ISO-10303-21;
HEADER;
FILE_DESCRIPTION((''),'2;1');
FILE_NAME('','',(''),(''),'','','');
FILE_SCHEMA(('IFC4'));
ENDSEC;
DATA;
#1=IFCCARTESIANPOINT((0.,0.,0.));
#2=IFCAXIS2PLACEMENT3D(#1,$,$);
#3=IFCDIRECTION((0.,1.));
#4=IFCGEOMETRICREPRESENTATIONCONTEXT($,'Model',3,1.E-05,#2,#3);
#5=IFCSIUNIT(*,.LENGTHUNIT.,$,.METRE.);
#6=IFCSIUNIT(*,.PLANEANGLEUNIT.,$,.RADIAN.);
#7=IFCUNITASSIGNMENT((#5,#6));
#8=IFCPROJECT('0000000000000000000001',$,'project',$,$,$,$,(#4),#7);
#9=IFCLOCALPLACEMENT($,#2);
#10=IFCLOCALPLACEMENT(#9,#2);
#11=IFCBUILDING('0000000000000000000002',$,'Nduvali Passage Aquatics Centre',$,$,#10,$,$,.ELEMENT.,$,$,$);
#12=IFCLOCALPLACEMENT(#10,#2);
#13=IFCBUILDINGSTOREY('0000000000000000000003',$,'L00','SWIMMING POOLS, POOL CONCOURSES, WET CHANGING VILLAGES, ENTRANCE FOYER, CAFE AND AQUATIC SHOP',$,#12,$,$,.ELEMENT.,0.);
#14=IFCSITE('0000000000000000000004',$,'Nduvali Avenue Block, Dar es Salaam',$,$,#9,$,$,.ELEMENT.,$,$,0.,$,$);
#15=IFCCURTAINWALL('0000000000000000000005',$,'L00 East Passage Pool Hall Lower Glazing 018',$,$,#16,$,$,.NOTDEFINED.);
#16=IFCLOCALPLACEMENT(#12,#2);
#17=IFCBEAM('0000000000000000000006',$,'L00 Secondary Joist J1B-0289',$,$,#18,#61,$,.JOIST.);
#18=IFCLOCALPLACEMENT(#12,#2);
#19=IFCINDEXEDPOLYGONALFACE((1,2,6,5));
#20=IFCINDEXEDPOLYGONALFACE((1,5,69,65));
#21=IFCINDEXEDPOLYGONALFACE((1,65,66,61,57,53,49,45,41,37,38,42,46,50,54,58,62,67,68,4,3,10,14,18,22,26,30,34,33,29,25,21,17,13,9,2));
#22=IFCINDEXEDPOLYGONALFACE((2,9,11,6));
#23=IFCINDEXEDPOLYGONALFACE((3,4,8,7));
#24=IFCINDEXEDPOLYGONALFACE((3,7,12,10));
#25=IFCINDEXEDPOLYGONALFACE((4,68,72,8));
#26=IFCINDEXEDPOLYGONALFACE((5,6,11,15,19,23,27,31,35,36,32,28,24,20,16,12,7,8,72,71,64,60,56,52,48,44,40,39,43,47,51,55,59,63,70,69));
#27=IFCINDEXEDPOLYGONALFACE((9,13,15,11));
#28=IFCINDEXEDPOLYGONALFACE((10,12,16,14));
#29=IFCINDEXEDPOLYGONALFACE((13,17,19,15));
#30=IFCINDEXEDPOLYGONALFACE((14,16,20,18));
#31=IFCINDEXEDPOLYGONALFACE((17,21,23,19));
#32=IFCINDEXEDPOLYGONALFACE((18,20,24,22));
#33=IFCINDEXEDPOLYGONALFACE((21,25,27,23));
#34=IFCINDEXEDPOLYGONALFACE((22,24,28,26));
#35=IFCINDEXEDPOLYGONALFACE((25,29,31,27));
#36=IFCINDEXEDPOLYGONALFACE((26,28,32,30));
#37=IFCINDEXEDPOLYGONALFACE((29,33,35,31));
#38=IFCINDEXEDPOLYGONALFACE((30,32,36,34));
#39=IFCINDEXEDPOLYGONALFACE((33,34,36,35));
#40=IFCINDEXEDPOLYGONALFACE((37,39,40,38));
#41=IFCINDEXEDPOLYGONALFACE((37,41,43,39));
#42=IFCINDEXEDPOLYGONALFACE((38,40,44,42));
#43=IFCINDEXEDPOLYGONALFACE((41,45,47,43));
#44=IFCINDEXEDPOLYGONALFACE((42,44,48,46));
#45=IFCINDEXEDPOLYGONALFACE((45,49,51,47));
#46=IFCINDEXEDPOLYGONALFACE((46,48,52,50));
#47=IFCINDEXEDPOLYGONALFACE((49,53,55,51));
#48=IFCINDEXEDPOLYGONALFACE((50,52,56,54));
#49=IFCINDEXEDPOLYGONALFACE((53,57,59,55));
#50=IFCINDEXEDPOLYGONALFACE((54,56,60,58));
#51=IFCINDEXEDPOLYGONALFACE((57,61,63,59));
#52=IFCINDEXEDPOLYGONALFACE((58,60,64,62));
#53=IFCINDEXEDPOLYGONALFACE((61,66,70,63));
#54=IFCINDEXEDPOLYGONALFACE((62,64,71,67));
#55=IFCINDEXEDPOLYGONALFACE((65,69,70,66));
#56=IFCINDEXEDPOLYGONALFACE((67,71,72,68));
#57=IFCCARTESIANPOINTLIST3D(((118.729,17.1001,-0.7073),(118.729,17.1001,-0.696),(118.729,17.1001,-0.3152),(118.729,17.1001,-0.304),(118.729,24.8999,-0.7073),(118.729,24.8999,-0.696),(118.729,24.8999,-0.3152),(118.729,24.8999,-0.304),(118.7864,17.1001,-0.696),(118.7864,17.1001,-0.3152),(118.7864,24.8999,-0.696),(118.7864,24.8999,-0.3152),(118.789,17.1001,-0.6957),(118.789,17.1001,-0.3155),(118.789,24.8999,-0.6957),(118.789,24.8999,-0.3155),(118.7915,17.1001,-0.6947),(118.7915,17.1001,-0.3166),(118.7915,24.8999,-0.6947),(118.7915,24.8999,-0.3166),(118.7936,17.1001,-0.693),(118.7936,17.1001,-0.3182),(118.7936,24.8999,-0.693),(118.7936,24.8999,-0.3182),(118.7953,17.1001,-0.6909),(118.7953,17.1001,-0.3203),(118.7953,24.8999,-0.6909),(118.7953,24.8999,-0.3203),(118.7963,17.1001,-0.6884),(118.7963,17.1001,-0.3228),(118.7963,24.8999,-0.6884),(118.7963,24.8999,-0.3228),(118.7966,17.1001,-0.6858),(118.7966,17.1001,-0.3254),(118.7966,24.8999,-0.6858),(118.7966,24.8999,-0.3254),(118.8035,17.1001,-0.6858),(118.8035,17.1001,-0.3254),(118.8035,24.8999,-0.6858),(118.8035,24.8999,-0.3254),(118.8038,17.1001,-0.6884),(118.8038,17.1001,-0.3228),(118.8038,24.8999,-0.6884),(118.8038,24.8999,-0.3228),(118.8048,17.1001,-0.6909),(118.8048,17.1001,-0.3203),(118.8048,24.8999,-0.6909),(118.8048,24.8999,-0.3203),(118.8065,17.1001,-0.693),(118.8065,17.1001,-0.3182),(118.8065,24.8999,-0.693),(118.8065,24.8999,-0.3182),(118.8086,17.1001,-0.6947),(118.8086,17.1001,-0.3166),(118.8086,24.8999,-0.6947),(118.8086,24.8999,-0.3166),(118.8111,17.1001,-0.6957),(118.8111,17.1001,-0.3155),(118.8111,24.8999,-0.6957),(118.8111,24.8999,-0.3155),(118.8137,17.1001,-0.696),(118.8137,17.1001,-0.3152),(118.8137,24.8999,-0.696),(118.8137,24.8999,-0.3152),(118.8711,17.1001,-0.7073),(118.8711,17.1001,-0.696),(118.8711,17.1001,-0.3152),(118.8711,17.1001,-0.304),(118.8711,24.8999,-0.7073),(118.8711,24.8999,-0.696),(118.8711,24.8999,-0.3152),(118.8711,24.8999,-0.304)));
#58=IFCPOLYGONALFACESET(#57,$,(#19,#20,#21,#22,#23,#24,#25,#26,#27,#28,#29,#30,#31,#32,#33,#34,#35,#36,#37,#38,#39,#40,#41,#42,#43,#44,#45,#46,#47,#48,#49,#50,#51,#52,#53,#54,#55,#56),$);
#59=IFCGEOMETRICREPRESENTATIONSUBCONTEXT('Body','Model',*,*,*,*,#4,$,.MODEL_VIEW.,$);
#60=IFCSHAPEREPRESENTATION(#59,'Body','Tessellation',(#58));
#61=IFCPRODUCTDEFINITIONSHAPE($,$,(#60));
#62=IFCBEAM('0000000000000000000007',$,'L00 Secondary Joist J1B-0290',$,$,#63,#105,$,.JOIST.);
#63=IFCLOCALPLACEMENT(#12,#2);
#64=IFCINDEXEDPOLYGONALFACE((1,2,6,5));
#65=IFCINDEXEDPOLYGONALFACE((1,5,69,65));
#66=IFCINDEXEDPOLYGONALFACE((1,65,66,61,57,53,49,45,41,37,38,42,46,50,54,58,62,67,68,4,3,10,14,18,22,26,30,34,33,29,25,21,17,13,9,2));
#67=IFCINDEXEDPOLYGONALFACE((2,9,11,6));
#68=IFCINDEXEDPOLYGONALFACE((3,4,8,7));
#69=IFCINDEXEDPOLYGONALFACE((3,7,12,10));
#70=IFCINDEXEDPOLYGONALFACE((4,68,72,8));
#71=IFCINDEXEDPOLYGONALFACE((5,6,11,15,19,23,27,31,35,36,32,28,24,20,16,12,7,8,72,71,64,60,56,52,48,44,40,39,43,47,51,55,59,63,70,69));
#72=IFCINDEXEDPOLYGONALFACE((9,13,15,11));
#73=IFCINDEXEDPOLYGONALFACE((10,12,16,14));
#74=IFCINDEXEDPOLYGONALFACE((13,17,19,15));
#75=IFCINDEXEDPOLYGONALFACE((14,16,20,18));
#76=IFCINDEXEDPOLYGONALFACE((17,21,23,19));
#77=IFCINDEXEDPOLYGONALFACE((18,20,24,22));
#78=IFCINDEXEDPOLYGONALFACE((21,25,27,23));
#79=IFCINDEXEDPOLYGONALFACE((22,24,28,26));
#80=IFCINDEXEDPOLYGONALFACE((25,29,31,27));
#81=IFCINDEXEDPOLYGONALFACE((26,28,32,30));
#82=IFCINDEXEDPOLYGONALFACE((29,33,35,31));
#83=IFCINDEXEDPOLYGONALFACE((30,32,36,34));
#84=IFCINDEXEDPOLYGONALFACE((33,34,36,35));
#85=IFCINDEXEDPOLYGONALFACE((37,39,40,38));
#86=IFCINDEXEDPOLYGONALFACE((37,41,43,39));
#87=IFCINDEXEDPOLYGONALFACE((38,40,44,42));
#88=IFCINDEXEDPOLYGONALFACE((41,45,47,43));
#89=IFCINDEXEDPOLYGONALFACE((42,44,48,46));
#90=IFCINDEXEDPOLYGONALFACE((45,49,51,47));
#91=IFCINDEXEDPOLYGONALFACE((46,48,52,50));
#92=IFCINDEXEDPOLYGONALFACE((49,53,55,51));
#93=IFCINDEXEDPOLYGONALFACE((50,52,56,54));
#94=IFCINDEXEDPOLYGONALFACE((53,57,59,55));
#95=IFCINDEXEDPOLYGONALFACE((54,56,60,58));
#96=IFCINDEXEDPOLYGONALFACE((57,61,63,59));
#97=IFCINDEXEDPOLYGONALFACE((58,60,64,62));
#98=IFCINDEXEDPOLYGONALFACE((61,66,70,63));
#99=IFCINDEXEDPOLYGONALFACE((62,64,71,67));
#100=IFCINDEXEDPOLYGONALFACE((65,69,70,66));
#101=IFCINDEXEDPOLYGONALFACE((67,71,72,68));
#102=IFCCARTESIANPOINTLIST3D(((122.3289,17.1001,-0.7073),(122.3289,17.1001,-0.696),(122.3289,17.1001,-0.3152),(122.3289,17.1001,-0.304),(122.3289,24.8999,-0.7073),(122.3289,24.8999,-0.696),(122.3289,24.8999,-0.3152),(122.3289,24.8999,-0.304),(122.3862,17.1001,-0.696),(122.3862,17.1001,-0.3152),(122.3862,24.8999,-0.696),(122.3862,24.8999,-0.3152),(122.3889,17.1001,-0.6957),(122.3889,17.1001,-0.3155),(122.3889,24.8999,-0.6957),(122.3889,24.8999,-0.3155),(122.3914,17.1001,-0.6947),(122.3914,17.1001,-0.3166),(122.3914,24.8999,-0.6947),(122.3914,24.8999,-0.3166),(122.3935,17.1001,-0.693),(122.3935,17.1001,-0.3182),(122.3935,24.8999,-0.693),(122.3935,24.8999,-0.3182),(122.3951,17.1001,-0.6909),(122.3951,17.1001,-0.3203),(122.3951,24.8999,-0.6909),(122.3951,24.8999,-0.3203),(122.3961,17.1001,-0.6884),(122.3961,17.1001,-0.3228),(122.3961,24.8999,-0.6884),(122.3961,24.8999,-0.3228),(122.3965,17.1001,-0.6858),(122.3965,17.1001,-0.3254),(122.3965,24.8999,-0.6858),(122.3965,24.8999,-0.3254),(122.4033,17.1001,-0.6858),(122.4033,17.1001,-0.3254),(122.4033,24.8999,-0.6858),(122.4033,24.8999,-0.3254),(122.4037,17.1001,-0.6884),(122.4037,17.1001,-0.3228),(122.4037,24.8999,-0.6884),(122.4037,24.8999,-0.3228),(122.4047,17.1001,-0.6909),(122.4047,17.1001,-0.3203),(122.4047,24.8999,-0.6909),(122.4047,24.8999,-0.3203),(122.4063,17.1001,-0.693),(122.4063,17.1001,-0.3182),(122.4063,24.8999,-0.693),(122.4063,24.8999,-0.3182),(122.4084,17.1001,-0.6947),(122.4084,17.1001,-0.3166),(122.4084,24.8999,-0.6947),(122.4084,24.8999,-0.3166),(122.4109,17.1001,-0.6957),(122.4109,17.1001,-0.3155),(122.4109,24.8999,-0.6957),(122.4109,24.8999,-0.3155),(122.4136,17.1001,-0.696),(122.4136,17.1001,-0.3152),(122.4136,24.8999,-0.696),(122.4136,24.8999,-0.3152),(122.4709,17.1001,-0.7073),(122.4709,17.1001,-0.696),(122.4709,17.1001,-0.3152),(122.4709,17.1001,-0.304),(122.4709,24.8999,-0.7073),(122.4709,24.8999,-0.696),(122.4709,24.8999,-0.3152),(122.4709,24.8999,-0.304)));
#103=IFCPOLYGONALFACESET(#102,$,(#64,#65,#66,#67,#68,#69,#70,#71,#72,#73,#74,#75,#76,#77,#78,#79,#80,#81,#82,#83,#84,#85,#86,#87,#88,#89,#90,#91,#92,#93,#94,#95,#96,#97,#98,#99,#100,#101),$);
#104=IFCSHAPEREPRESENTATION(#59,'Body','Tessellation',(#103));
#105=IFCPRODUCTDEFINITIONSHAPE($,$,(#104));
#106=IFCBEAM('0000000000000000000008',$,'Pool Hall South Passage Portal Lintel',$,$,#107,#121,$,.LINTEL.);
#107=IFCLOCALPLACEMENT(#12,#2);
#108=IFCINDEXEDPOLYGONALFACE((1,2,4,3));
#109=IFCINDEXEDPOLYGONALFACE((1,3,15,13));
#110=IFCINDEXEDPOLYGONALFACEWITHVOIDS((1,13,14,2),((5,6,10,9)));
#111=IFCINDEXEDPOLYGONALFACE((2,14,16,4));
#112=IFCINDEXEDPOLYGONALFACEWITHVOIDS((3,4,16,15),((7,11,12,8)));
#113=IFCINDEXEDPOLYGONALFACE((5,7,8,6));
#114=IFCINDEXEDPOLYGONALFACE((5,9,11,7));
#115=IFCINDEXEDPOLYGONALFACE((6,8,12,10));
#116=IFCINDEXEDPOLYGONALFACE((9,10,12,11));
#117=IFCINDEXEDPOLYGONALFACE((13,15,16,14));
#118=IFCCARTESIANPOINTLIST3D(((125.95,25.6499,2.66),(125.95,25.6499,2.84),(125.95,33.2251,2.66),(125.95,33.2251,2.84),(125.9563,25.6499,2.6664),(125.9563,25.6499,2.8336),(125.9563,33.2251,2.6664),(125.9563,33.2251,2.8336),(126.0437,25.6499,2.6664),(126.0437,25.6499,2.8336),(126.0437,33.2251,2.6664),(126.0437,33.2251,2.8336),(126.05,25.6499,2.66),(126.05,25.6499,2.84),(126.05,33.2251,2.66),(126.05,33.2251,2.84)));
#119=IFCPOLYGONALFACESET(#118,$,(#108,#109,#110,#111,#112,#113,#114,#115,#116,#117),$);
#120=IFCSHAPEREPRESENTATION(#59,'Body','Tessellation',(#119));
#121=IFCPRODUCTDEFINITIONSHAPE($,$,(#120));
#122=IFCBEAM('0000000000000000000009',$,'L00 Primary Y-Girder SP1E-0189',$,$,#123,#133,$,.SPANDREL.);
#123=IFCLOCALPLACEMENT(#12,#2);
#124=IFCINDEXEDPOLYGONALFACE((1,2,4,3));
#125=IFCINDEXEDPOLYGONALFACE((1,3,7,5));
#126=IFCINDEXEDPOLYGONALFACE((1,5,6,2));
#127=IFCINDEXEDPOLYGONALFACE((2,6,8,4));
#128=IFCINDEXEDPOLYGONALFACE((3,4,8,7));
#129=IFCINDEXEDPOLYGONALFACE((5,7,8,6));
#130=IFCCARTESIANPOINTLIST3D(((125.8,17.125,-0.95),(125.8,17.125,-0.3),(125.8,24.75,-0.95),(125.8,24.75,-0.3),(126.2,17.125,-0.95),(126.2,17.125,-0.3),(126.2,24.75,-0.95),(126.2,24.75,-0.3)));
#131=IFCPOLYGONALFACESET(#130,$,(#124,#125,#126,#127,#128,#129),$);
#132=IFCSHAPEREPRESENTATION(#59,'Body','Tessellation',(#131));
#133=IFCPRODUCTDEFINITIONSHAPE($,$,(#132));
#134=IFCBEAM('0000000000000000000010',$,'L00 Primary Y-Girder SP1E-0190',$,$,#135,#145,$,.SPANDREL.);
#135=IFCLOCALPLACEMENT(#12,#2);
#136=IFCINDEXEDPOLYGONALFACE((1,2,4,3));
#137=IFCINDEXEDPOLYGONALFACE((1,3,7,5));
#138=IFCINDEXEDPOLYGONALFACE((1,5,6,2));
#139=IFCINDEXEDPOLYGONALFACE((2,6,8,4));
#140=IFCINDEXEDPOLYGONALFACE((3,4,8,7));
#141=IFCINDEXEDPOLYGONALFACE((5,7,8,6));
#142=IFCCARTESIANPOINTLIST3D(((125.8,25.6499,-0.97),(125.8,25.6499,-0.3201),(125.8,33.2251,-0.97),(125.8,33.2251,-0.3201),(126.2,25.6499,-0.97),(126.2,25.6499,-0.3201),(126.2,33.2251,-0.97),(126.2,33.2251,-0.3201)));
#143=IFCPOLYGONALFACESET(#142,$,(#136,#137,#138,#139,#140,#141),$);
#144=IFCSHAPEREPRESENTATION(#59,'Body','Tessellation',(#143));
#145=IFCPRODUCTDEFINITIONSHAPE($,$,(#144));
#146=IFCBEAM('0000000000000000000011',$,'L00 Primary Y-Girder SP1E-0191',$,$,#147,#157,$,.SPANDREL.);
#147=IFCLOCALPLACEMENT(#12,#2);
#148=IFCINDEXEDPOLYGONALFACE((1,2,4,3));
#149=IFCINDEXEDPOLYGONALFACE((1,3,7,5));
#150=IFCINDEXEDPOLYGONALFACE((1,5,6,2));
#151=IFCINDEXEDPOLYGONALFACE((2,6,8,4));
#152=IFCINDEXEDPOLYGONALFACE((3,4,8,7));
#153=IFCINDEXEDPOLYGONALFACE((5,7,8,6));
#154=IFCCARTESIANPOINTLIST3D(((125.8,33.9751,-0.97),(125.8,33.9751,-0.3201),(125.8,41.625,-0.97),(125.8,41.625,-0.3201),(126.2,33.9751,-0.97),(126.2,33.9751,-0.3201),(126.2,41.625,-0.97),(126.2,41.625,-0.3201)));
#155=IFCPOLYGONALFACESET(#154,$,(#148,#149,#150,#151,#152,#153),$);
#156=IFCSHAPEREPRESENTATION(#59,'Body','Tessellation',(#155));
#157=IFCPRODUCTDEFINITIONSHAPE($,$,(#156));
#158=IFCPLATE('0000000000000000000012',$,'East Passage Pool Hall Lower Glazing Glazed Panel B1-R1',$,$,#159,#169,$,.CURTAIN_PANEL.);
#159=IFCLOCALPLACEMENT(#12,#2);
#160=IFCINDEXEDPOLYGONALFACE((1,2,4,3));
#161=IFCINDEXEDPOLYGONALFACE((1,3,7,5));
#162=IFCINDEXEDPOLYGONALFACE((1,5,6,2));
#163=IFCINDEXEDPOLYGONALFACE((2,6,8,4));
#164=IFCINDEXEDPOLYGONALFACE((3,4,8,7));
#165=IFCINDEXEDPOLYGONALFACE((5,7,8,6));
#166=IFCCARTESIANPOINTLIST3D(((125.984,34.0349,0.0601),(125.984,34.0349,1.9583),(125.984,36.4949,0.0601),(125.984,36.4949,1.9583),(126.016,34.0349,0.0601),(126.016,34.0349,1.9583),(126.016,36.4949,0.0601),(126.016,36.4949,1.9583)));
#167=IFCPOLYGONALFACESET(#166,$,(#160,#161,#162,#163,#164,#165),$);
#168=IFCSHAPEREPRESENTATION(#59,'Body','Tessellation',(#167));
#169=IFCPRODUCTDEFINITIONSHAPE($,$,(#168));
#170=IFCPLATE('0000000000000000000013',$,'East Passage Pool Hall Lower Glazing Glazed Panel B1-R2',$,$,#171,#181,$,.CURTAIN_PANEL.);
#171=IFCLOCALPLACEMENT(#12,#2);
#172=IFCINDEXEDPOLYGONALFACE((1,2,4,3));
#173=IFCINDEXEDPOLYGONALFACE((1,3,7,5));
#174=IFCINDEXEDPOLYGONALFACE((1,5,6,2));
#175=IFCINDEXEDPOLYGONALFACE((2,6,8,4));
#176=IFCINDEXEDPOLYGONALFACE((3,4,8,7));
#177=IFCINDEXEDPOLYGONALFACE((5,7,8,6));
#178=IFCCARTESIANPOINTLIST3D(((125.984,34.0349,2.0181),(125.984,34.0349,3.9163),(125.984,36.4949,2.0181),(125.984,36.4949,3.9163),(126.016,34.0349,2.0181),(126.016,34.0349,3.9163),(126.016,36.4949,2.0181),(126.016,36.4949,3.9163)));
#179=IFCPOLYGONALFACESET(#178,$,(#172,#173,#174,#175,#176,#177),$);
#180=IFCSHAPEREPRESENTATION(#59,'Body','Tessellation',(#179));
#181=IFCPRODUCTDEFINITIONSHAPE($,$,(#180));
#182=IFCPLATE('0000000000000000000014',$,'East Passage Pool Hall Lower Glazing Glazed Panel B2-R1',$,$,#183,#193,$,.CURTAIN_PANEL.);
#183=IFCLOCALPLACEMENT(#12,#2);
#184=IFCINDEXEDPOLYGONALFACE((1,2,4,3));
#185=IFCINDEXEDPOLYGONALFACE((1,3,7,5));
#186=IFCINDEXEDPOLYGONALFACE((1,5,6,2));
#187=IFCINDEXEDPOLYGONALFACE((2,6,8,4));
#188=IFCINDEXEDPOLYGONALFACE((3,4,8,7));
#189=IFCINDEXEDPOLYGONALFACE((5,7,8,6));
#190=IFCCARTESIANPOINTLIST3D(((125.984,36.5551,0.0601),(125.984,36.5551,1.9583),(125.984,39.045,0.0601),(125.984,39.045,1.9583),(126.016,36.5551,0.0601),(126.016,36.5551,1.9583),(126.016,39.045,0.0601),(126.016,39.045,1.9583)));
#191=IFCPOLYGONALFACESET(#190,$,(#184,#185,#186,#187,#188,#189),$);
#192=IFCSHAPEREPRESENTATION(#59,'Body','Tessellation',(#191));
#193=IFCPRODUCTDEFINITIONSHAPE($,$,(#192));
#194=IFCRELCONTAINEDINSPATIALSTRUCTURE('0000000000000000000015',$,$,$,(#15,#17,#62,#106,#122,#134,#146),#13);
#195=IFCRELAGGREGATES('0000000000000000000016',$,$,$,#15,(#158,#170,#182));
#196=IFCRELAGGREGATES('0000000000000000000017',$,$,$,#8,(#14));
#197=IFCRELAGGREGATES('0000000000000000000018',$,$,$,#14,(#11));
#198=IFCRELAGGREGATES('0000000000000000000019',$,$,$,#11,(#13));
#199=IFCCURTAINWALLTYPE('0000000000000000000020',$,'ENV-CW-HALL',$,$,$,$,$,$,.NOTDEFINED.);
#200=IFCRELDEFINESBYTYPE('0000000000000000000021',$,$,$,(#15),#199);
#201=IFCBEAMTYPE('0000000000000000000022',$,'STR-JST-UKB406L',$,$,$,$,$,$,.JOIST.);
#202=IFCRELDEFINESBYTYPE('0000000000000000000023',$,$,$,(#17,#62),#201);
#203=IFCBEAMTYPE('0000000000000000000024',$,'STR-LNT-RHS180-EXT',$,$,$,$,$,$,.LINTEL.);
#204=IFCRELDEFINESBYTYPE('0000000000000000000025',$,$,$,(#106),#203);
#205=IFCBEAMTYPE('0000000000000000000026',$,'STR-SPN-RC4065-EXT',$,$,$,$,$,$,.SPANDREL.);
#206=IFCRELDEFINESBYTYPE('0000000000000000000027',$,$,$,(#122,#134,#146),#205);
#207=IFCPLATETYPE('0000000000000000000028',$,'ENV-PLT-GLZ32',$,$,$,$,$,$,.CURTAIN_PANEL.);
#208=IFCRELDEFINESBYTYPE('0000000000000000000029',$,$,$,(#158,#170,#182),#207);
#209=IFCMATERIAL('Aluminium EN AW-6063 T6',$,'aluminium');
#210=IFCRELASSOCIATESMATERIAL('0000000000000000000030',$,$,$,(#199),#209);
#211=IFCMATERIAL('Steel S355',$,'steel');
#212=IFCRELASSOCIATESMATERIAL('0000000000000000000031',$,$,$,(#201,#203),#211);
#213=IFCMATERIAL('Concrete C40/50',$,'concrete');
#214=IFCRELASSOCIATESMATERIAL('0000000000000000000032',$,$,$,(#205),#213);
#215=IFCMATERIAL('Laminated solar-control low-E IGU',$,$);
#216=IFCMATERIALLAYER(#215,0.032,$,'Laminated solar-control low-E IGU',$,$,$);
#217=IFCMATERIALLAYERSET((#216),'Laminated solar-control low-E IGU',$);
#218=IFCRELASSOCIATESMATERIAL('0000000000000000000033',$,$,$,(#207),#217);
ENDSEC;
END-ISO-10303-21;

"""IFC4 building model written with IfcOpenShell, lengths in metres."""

from ifc_helpers import new_model, si_unit, direction, frame, origin, origin_2d, place, context, subcontext, project, spatial, rectangle, hollow_rectangle, i_section, extrude, material, layer, layer_set, material_profile, profile_set, type_object, element, aggregate, save


model = new_model("IFC4")

# Units and contexts
model_context = context("Model", 3, precision=1e-05, world=origin(), true_north=direction((0.0, 1.0)))
body_context = subcontext(model_context, "Body", "Model", "MODEL_VIEW")
ifc_project = project(units=[si_unit("LENGTHUNIT", "METRE"), si_unit("PLANEANGLEUNIT", "RADIAN")], contexts=[model_context])

# Site, building, storey
site_placement = place(None, origin())
site = spatial("IfcSite", under=ifc_project, at=site_placement, Name="Nduvali Avenue Block, Dar es Salaam", CompositionType="ELEMENT", RefElevation=0.0)
building_placement = place(site_placement, origin())
building = spatial("IfcBuilding", under=site, at=building_placement, Name="Nduvali Passage Aquatics Centre", CompositionType="ELEMENT")
storey_placement = place(building_placement, origin())
storey = spatial("IfcBuildingStorey", under=building, at=storey_placement, Name="L00", Description="SWIMMING POOLS, POOL CONCOURSES, WET CHANGING VILLAGES, ENTRANCE FOYER, CAFE AND AQUATIC SHOP", CompositionType="ELEMENT", Elevation=0.0)

# Shared definitions
ifc_material_1 = material(Name="Concrete C40/50", Category="concrete")

# Curtain wall
ifc_material_2 = material(Name="Aluminium EN AW-6063 T6", Category="aluminium")
curtain_wall_type = type_object("IfcCurtainWallType", Name="ENV-CW-HALL", PredefinedType="NOTDEFINED", material=ifc_material_2)
curtain_wall_placement = place(storey_placement, origin())
curtain_wall = element("IfcCurtainWall", 1, at=curtain_wall_placement, inside=storey, type_object=curtain_wall_type, Name="L00 East Passage Pool Hall Lower Glazing 018", PredefinedType="NOTDEFINED")

# Beams
ifc_material_3 = material(Name="Steel S355", Category="steel")
ifc_material_profile_1 = material_profile(ifc_material_3, i_section(OverallWidth=0.1421, OverallDepth=0.4033, WebThickness=0.0068, FlangeThickness=0.0112, FilletRadius=0.0103, at=origin_2d()), Name="UKB 406x140x46")
ifc_profile_set_1 = profile_set([ifc_material_profile_1], Name="Steel S355")
beam_type_1 = type_object("IfcBeamType", Name="STR-JST-UKB406L", PredefinedType="JOIST", material=ifc_profile_set_1)
for number, where, z_axis, x_axis, name in (
    (2, (118.8, 17.1001, -0.5056), (0.0, 1.0, 0.0), (-1.0, 0.0, 0.0), "L00 Secondary Joist J1B-0289"),
    (3, (122.3999, 17.1001, -0.5056), (0.0, 1.0, 0.0), (-1.0, 0.0, 0.0), "L00 Secondary Joist J1B-0290"),
):
    element("IfcBeam", number, at=place(storey_placement, frame(where, z_axis=z_axis, x_axis=x_axis)), inside=storey, type_object=beam_type_1, Name=name, PredefinedType="JOIST", context=body_context, shape_type="SweptSolid", body=[
        extrude(i_section(OverallWidth=0.1421, OverallDepth=0.4033, WebThickness=0.0068, FlangeThickness=0.0112, FilletRadius=0.0103, at=origin_2d()), origin(), (0.0, 0.0, 1.0), 7.7998),
    ])
ifc_material_profile_2 = material_profile(ifc_material_3, hollow_rectangle(XDim=0.1001, YDim=0.1799, WallThickness=0.0063, at=origin_2d()), Name="RHS 180x100x6.3")
ifc_profile_set_2 = profile_set([ifc_material_profile_2], Name="Steel S355")
beam_type_2 = type_object("IfcBeamType", Name="STR-LNT-RHS180-EXT", PredefinedType="LINTEL", material=ifc_profile_set_2)
beam_1_placement = place(storey_placement, frame((126.0, 25.6499, 2.75), z_axis=(0.0, 1.0, 0.0), x_axis=(-1.0, 0.0, 0.0)))
element("IfcBeam", 4, at=beam_1_placement, inside=storey, type_object=beam_type_2, Name="Pool Hall South Passage Portal Lintel", PredefinedType="LINTEL", context=body_context, shape_type="SweptSolid", body=[
    extrude(hollow_rectangle(XDim=0.1001, YDim=0.1799, WallThickness=0.0063, at=origin_2d()), origin(), (0.0, 0.0, 1.0), 7.5752),
])
ifc_material_profile_3 = material_profile(ifc_material_1, rectangle(XDim=0.3999, YDim=0.6499, at=origin_2d()), Name="RC 400x650")
ifc_profile_set_3 = profile_set([ifc_material_profile_3], Name="Concrete C40/50")
beam_type_3 = type_object("IfcBeamType", Name="STR-SPN-RC4065-EXT", PredefinedType="SPANDREL", material=ifc_profile_set_3)
beam_2_placement = place(storey_placement, frame((126.0, 17.125, -0.625), z_axis=(0.0, 1.0, 0.0), x_axis=(-1.0, 0.0, 0.0)))
element("IfcBeam", 5, at=beam_2_placement, inside=storey, type_object=beam_type_3, Name="L00 Primary Y-Girder SP1E-0189", PredefinedType="SPANDREL", context=body_context, shape_type="SweptSolid", body=[
    extrude(rectangle(XDim=0.3999, YDim=0.6499, at=origin_2d()), origin(), (0.0, 0.0, 1.0), 7.625),
])
beam_3_placement = place(storey_placement, frame((126.0, 25.6499, -0.645), z_axis=(0.0, 1.0, 0.0), x_axis=(-1.0, 0.0, 0.0)))
element("IfcBeam", 6, at=beam_3_placement, inside=storey, type_object=beam_type_3, Name="L00 Primary Y-Girder SP1E-0190", PredefinedType="SPANDREL", context=body_context, shape_type="SweptSolid", body=[
    extrude(rectangle(XDim=0.3999, YDim=0.6499, at=origin_2d()), origin(), (0.0, 0.0, 1.0), 7.5752),
])
beam_4_placement = place(storey_placement, frame((126.0, 33.9751, -0.645), z_axis=(0.0, 1.0, 0.0), x_axis=(-1.0, 0.0, 0.0)))
element("IfcBeam", 7, at=beam_4_placement, inside=storey, type_object=beam_type_3, Name="L00 Primary Y-Girder SP1E-0191", PredefinedType="SPANDREL", context=body_context, shape_type="SweptSolid", body=[
    extrude(rectangle(XDim=0.3999, YDim=0.6499, at=origin_2d()), origin(), (0.0, 0.0, 1.0), 7.6499),
])

# Plates
ifc_material_4 = material(Name="Laminated solar-control low-E IGU")
ifc_layer_1 = layer(ifc_material_4, 0.032, Name="Laminated solar-control low-E IGU")
ifc_layer_set_1 = layer_set([ifc_layer_1], Name="Laminated solar-control low-E IGU")
plate_type = type_object("IfcPlateType", Name="ENV-PLT-GLZ32", PredefinedType="CURTAIN_PANEL", material=ifc_layer_set_1)
plate_1_placement = place(storey_placement, frame((126.0, 35.2649, 0.0601), z_axis=(0.0, 0.0, 1.0), x_axis=(0.0, 1.0, 0.0)))
plate_1 = element("IfcPlate", 8, at=plate_1_placement, type_object=plate_type, Name="East Passage Pool Hall Lower Glazing Glazed Panel B1-R1", PredefinedType="CURTAIN_PANEL", context=body_context, shape_type="SweptSolid", body=[
    extrude(rectangle(XDim=2.46, YDim=0.032, at=origin_2d()), origin(), (0.0, 0.0, 1.0), 1.8982),
])
plate_2_placement = place(storey_placement, frame((126.0, 35.2649, 2.0181), z_axis=(0.0, 0.0, 1.0), x_axis=(0.0, 1.0, 0.0)))
plate_2 = element("IfcPlate", 9, at=plate_2_placement, type_object=plate_type, Name="East Passage Pool Hall Lower Glazing Glazed Panel B1-R2", PredefinedType="CURTAIN_PANEL", context=body_context, shape_type="SweptSolid", body=[
    extrude(rectangle(XDim=2.46, YDim=0.032, at=origin_2d()), origin(), (0.0, 0.0, 1.0), 1.8982),
])
plate_3_placement = place(storey_placement, frame((126.0, 37.8, 0.0601), z_axis=(0.0, 0.0, 1.0), x_axis=(0.0, 1.0, 0.0)))
plate_3 = element("IfcPlate", 10, at=plate_3_placement, type_object=plate_type, Name="East Passage Pool Hall Lower Glazing Glazed Panel B2-R1", PredefinedType="CURTAIN_PANEL", context=body_context, shape_type="SweptSolid", body=[
    extrude(rectangle(XDim=2.49, YDim=0.032, at=origin_2d()), origin(), (0.0, 0.0, 1.0), 1.8982),
])
aggregate(curtain_wall, [plate_1, plate_2, plate_3])

save(model, "model.ifc")
